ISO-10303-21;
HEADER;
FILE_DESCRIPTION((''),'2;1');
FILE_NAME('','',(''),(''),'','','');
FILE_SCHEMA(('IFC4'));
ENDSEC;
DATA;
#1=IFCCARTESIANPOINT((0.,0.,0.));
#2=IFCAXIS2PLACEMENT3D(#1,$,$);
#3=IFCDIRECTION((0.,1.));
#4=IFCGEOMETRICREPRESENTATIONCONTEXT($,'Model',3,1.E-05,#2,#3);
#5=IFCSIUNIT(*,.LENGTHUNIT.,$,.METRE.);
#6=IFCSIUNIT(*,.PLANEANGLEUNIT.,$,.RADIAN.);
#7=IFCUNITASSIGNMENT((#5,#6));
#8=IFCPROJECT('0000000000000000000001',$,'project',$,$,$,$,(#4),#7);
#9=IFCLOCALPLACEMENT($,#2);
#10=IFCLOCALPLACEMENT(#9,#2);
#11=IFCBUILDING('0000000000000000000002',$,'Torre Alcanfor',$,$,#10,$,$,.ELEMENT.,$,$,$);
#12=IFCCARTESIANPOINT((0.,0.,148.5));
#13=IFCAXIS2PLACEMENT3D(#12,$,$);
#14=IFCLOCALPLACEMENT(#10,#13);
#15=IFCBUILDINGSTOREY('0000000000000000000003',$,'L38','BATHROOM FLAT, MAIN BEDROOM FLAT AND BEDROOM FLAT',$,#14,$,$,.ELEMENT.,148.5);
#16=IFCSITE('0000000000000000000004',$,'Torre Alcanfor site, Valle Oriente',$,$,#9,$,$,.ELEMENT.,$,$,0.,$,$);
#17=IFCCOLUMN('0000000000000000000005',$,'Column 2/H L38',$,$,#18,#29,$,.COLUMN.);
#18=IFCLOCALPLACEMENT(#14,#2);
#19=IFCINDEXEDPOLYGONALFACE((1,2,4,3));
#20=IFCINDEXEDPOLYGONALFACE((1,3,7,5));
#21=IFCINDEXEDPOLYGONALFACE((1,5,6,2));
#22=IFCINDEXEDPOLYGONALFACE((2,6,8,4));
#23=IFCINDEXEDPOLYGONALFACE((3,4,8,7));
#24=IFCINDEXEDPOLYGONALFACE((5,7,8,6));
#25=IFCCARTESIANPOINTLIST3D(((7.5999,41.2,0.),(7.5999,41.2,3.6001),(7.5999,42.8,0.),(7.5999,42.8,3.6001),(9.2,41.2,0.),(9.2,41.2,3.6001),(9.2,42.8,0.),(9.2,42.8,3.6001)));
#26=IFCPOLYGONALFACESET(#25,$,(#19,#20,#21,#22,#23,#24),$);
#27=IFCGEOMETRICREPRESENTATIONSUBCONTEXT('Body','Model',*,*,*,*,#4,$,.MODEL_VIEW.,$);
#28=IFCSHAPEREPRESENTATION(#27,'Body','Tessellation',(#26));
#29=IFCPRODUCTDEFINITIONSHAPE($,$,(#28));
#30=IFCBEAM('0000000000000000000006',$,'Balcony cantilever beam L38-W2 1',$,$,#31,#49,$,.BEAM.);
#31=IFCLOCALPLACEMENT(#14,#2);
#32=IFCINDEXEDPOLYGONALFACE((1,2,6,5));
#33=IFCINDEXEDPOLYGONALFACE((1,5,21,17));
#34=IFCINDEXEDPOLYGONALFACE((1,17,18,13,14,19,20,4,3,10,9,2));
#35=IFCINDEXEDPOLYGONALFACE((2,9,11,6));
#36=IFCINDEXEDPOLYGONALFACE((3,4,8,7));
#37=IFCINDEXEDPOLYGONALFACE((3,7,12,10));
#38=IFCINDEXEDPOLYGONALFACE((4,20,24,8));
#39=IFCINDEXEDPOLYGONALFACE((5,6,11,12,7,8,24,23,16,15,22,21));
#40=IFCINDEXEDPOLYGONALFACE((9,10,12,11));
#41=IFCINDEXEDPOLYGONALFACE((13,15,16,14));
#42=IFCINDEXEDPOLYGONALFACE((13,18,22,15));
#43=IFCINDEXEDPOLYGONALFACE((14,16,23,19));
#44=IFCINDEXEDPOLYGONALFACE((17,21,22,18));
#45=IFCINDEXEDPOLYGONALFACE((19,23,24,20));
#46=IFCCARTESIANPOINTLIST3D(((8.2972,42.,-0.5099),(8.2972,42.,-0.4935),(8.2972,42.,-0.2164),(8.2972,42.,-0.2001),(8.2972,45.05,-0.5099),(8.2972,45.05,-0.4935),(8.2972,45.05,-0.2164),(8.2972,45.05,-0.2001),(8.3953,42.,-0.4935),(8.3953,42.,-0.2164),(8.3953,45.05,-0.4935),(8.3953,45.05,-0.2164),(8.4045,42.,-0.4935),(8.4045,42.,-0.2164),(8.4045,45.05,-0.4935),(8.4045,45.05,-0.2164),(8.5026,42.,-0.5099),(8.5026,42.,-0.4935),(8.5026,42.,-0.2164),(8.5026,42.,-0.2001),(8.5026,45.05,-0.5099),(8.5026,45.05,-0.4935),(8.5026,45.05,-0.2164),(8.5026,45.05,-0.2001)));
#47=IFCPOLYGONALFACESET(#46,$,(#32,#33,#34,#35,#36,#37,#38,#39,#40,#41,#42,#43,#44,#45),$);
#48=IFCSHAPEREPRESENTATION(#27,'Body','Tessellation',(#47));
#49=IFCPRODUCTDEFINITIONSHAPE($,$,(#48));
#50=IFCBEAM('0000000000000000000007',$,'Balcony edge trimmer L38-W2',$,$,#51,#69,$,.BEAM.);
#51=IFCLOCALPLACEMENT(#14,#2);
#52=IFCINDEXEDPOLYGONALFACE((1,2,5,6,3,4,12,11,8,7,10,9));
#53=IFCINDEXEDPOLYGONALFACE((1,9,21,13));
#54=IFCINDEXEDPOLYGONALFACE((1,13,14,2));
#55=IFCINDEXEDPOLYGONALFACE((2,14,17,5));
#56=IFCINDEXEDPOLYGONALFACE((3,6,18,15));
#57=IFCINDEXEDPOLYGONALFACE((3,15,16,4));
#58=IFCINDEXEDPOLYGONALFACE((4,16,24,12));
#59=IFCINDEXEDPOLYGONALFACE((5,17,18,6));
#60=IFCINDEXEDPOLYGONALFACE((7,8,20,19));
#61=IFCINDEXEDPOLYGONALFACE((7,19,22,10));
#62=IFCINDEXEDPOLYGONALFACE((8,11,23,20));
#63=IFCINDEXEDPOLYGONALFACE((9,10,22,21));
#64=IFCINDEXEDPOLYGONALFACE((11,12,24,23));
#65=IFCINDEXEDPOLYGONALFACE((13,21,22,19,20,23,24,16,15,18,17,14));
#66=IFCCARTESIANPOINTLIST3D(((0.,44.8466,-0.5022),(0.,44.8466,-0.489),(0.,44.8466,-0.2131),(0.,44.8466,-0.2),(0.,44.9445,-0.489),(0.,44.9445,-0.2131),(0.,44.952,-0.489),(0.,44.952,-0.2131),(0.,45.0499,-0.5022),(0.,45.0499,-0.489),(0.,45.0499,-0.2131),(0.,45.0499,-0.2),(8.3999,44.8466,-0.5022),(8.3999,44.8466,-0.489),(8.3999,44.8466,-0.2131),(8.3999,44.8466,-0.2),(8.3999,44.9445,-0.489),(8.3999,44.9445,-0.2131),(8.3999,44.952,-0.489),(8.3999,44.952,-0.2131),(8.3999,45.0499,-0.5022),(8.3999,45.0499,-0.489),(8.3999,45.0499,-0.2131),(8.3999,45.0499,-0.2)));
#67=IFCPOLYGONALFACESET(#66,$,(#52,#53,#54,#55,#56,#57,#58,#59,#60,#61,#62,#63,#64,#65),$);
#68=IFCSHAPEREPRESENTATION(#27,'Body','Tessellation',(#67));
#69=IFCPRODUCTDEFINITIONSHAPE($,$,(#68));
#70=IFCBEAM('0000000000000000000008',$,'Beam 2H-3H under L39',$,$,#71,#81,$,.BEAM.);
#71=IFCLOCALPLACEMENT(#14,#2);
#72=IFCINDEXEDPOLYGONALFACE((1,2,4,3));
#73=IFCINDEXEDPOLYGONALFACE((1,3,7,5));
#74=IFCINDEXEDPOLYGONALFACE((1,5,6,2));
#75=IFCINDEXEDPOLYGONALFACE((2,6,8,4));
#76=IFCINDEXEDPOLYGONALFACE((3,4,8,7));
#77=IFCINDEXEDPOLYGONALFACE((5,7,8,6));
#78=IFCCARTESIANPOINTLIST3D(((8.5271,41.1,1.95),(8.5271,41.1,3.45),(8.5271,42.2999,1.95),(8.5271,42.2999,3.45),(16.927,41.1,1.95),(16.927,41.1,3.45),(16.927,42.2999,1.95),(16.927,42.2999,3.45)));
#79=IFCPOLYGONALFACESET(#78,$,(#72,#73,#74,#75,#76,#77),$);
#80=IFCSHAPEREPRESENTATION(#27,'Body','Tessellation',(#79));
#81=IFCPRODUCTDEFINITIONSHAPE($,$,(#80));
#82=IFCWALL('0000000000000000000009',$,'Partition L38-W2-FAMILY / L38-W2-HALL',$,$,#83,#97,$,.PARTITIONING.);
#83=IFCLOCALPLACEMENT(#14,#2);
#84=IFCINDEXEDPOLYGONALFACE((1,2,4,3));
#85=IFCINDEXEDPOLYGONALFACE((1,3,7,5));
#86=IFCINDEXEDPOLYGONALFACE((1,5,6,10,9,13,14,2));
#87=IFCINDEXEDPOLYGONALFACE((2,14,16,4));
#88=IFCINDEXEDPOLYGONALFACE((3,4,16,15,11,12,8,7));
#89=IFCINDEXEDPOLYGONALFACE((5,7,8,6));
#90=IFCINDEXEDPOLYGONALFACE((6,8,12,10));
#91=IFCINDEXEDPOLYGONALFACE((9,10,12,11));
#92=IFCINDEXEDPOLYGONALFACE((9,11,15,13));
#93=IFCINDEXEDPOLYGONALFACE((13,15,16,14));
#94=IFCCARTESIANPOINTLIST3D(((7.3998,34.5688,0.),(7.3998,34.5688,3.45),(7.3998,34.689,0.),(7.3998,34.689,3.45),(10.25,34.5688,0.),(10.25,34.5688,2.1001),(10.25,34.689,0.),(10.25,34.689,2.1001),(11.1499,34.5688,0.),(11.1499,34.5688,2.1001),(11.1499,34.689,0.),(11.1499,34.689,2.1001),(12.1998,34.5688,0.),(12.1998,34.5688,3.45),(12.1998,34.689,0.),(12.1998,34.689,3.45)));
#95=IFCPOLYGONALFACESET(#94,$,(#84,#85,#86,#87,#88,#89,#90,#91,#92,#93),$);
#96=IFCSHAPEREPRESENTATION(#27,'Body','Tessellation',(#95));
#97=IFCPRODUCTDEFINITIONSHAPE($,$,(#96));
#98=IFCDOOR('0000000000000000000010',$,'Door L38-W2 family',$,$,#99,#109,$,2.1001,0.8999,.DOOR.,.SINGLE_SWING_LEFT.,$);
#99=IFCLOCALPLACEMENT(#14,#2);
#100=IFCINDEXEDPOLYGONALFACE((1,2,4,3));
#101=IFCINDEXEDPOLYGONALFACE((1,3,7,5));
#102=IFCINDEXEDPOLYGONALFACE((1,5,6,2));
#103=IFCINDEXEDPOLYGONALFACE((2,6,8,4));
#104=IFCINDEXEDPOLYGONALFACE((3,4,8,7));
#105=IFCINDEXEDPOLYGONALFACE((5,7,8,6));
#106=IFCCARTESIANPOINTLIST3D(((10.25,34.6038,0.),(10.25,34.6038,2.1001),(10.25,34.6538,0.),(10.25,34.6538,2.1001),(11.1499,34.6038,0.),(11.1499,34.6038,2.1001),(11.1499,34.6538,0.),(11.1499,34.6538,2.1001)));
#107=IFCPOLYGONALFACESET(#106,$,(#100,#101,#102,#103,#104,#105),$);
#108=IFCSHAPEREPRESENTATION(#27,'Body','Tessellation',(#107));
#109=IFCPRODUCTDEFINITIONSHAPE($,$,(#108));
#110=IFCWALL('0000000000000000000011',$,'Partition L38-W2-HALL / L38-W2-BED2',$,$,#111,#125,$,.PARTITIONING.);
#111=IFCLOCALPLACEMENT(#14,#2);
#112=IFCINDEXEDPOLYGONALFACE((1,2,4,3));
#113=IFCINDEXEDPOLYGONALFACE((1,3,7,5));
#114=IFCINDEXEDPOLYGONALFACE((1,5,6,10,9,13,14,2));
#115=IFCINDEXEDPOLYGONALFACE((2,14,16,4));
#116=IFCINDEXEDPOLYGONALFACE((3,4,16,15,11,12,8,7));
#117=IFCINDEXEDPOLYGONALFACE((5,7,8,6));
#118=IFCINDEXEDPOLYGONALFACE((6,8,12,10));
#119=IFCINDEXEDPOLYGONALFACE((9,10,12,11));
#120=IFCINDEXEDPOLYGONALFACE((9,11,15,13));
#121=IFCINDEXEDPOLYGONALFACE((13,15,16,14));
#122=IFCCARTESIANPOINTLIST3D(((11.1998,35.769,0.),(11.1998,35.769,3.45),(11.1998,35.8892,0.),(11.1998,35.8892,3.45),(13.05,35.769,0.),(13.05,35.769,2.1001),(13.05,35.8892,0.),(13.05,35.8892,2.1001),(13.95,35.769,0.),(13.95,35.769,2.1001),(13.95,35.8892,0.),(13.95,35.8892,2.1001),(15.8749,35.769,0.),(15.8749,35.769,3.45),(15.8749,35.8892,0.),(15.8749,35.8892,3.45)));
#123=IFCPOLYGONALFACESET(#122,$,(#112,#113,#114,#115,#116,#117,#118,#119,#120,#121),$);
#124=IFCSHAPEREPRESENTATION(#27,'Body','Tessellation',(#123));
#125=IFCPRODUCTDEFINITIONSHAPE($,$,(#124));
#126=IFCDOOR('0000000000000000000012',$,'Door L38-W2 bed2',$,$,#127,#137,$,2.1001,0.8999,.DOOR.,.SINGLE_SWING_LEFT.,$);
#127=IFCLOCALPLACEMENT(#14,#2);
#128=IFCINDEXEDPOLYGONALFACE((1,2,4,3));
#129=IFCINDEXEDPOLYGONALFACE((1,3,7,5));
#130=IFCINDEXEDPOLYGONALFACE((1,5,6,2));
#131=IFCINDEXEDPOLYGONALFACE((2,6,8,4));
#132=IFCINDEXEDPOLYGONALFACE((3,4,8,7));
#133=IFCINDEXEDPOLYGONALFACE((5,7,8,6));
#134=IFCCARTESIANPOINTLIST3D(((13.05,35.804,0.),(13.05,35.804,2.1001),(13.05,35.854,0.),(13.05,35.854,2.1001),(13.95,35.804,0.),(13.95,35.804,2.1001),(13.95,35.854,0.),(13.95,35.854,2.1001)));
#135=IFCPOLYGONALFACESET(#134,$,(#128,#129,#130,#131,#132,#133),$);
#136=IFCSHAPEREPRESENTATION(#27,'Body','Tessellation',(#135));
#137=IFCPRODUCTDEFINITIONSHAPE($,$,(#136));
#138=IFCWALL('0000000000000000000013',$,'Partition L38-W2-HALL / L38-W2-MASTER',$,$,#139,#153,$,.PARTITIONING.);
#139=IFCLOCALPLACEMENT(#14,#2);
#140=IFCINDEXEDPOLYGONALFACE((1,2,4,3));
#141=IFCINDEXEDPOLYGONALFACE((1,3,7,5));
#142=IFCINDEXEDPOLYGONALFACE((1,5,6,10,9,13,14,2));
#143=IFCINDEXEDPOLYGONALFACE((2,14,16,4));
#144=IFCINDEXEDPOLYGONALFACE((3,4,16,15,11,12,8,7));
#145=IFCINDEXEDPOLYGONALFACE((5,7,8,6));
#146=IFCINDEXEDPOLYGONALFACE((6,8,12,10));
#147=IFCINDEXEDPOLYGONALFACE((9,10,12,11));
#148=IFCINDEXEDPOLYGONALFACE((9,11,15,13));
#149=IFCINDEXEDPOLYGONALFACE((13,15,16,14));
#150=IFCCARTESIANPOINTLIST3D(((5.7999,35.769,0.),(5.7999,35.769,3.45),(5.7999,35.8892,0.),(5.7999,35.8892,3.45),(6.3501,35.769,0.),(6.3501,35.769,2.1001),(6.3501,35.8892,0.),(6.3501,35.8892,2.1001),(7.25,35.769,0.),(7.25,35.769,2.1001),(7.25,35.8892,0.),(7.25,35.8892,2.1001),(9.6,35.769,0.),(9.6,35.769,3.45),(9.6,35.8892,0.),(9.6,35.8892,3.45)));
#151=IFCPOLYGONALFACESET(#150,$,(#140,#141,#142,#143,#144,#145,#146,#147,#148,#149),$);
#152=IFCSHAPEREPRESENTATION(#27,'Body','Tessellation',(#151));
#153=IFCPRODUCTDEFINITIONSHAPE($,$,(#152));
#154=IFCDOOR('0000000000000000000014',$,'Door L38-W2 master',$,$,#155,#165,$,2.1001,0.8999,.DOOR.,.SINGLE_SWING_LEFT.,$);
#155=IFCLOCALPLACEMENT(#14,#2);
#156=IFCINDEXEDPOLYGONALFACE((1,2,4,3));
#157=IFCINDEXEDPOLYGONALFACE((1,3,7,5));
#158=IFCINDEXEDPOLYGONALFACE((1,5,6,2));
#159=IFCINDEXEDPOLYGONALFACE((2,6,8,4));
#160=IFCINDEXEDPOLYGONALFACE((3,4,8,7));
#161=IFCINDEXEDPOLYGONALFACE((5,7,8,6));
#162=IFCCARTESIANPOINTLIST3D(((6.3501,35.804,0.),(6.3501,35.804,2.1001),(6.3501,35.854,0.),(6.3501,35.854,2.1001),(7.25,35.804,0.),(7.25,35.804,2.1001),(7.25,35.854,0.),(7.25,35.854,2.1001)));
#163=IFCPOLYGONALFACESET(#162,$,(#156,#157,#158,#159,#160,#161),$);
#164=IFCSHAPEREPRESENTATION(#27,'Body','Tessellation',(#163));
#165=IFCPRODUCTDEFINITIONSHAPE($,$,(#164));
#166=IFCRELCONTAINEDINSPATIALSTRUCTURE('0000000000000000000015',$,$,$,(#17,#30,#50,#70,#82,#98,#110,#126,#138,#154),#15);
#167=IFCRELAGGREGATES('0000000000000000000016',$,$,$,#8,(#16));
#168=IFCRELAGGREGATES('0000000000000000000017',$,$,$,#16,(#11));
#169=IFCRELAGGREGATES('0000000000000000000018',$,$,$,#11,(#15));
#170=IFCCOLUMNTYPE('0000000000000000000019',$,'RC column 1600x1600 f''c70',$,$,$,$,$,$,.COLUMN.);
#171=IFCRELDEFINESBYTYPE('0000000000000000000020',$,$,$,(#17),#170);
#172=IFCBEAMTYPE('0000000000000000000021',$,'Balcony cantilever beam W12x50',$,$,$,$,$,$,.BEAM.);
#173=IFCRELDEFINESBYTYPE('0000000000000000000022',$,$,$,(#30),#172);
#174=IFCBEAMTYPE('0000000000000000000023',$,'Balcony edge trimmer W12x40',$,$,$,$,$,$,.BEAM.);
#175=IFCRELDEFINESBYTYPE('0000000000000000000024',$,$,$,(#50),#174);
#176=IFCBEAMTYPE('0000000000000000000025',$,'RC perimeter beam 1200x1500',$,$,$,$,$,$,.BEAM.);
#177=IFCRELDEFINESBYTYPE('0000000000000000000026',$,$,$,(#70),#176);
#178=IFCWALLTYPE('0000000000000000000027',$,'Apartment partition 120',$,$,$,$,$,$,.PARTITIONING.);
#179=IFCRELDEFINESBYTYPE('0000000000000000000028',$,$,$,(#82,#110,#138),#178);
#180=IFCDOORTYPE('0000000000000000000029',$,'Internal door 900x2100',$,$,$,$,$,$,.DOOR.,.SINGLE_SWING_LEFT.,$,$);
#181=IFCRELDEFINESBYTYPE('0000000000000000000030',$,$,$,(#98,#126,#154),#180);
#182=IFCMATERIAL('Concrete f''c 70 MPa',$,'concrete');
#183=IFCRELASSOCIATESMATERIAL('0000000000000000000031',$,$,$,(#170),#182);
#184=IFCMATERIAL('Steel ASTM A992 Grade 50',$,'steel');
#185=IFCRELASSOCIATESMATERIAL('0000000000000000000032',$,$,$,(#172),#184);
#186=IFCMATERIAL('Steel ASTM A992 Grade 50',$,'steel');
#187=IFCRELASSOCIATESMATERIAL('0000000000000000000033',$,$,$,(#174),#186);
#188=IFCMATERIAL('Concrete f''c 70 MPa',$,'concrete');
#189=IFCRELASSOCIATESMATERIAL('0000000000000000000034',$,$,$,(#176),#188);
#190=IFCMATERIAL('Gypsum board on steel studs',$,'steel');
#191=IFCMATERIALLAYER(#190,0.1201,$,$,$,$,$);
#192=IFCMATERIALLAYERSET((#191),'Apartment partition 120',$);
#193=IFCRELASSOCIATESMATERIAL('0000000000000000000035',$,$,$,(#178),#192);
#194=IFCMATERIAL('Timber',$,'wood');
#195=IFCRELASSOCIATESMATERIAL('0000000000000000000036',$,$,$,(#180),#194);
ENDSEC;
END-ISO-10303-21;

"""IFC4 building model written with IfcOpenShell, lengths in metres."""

from ifc_helpers import new_model, si_unit, direction, frame, frame_2d, origin, origin_2d, place, context, subcontext, project, spatial, rectangle, i_section, extrude, material, layer, layer_set, material_profile, profile_set, type_object, element, fill, save


model = new_model("IFC4")

# Units and contexts
model_context = context("Model", 3, precision=1e-05, world=origin(), true_north=direction((0.0, 1.0)))
body_context = subcontext(model_context, "Body", "Model", "MODEL_VIEW")
ifc_project = project(units=[si_unit("LENGTHUNIT", "METRE"), si_unit("PLANEANGLEUNIT", "RADIAN")], contexts=[model_context])

# Site, building, storey
site_placement = place(None, origin())
site = spatial("IfcSite", under=ifc_project, at=site_placement, Name="Torre Alcanfor site, Valle Oriente", CompositionType="ELEMENT", RefElevation=0.0)
building_placement = place(site_placement, origin())
building = spatial("IfcBuilding", under=site, at=building_placement, Name="Torre Alcanfor", CompositionType="ELEMENT")
storey_placement = place(building_placement, frame((0.0, 0.0, 148.5)))
storey = spatial("IfcBuildingStorey", under=building, at=storey_placement, Name="L38", Description="BATHROOM FLAT, MAIN BEDROOM FLAT AND BEDROOM FLAT", CompositionType="ELEMENT", Elevation=148.5)

# Column
ifc_material_1 = material(Name="Concrete f'c 70 MPa", Category="concrete")
ifc_material_profile_1 = material_profile(ifc_material_1, rectangle(XDim=1.6001, YDim=1.6001, at=origin_2d()), Name="1600x1600")
ifc_profile_set_1 = profile_set([ifc_material_profile_1], Name="Concrete f'c 70 MPa")
column_type = type_object("IfcColumnType", Name="RC column 1600x1600 f'c70", PredefinedType="COLUMN", material=ifc_profile_set_1)
column_placement = place(storey_placement, frame((8.3999, 42.0, 0.0), z_axis=(0.0, 0.0, 1.0), x_axis=(1.0, 0.0, 0.0)))
element("IfcColumn", 1, at=column_placement, inside=storey, type_object=column_type, Name="Column 2/H L38", PredefinedType="COLUMN", context=body_context, shape_type="SweptSolid", body=[
    extrude(rectangle(XDim=1.6001, YDim=1.6001, at=origin_2d()), origin(), (0.0, 0.0, 1.0), 3.6001),
])

# Beams
ifc_material_2 = material(Name="Steel ASTM A992 Grade 50", Category="steel")
ifc_material_profile_2 = material_profile(ifc_material_2, i_section(OverallWidth=0.2053, OverallDepth=0.3098, WebThickness=0.0093, FlangeThickness=0.0164, at=origin_2d()), Name="W12x50")
ifc_profile_set_2 = profile_set([ifc_material_profile_2], Name="Steel ASTM A992 Grade 50")
beam_type_1 = type_object("IfcBeamType", Name="Balcony cantilever beam W12x50", PredefinedType="BEAM", material=ifc_profile_set_2)
beam_1_placement = place(storey_placement, frame((8.3999, 42.0, -0.355), z_axis=(0.0, 1.0, 0.0), x_axis=(-1.0, 0.0, 0.0)))
element("IfcBeam", 2, at=beam_1_placement, inside=storey, type_object=beam_type_1, Name="Balcony cantilever beam L38-W2 1", PredefinedType="BEAM", context=body_context, shape_type="SweptSolid", body=[
    extrude(i_section(OverallWidth=0.2053, OverallDepth=0.3098, WebThickness=0.0093, FlangeThickness=0.0164, at=origin_2d()), origin(), (0.0, 0.0, 1.0), 3.05),
])
ifc_material_3 = material(Name="Steel ASTM A992 Grade 50", Category="steel")
ifc_material_profile_3 = material_profile(ifc_material_3, i_section(OverallWidth=0.2034, OverallDepth=0.3022, WebThickness=0.0076, FlangeThickness=0.0132, at=origin_2d()), Name="W12x40")
ifc_profile_set_3 = profile_set([ifc_material_profile_3], Name="Steel ASTM A992 Grade 50")
beam_type_2 = type_object("IfcBeamType", Name="Balcony edge trimmer W12x40", PredefinedType="BEAM", material=ifc_profile_set_3)
beam_2_placement = place(storey_placement, frame((8.3999, 44.9482, -0.3511), z_axis=(-1.0, 0.0, 0.0), x_axis=(0.0, -1.0, 0.0)))
element("IfcBeam", 3, at=beam_2_placement, inside=storey, type_object=beam_type_2, Name="Balcony edge trimmer L38-W2", PredefinedType="BEAM", context=body_context, shape_type="SweptSolid", body=[
    extrude(i_section(OverallWidth=0.2034, OverallDepth=0.3022, WebThickness=0.0076, FlangeThickness=0.0132, at=origin_2d()), origin(), (0.0, 0.0, 1.0), 8.3999),
])
ifc_material_4 = material(Name="Concrete f'c 70 MPa", Category="concrete")
ifc_material_profile_4 = material_profile(ifc_material_4, rectangle(XDim=1.2, YDim=1.5, at=origin_2d()), Name="1200x1500")
ifc_profile_set_4 = profile_set([ifc_material_profile_4], Name="Concrete f'c 70 MPa")
beam_type_3 = type_object("IfcBeamType", Name="RC perimeter beam 1200x1500", PredefinedType="BEAM", material=ifc_profile_set_4)
beam_3_placement = place(storey_placement, frame((8.5271, 41.7, 2.7), z_axis=(1.0, 0.0, 0.0), x_axis=(0.0, 1.0, 0.0)))
element("IfcBeam", 4, at=beam_3_placement, inside=storey, type_object=beam_type_3, Name="Beam 2H-3H under L39", PredefinedType="BEAM", context=body_context, shape_type="SweptSolid", body=[
    extrude(rectangle(XDim=1.2, YDim=1.5, at=origin_2d()), origin(), (0.0, 0.0, 1.0), 8.3999),
])

# Walls, openings, doors
ifc_material_5 = material(Name="Gypsum board on steel studs", Category="steel")
ifc_layer_1 = layer(ifc_material_5, 0.1201)
ifc_layer_set_1 = layer_set([ifc_layer_1], Name="Apartment partition 120")
wall_type_1 = type_object("IfcWallType", Name="Apartment partition 120", PredefinedType="PARTITIONING", material=ifc_layer_set_1)
wall_1_placement = place(storey_placement, frame((7.3999, 34.6289, 0.0), z_axis=(0.0, 0.0, 1.0), x_axis=(1.0, 0.0, 0.0)))
wall_1 = element("IfcWall", 5, at=wall_1_placement, inside=storey, type_object=wall_type_1, Name="Partition L38-W2-FAMILY / L38-W2-HALL", PredefinedType="PARTITIONING", context=body_context, shape_type="SweptSolid", body=[
    extrude(rectangle(XDim=4.8, YDim=0.1201, at=frame_2d((2.3999, 0.0))), origin(), (0.0, 0.0, 1.0), 3.45),
])
opening_1_placement = place(wall_1_placement, frame((2.8501, 0.0, 0.0)))
opening_1 = element("IfcOpeningElement", 6, at=opening_1_placement, cuts=wall_1, PredefinedType="OPENING", context=body_context, shape_type="SweptSolid", body=[
    extrude(rectangle(XDim=0.8999, YDim=2.1001, at=frame_2d((0.45, 1.05))), frame((0.0, 0.0701, 0.0), z_axis=(0.0, -1.0, 0.0), x_axis=(1.0, 0.0, 0.0)), (0.0, 0.0, 1.0), 0.1401),
])
ifc_material_6 = material(Name="Timber", Category="wood")
door_type_1 = type_object("IfcDoorType", Name="Internal door 900x2100", OperationType="SINGLE_SWING_LEFT", PredefinedType="DOOR", material=ifc_material_6)
door_1_placement = place(opening_1_placement, frame((0.8999, 0.0, 0.0), z_axis=(0.0, 0.0, 1.0), x_axis=(-1.0, 0.0, 0.0)))
door_1 = element("IfcDoor", 7, at=door_1_placement, inside=storey, type_object=door_type_1, Name="Door L38-W2 family", OperationType="SINGLE_SWING_LEFT", OverallHeight=2.1001, OverallWidth=0.8999, PredefinedType="DOOR", context=body_context, shape_type="SweptSolid", body=[
    extrude(rectangle(XDim=0.8999, YDim=2.1001, at=frame_2d((0.45, 1.05))), frame((0.0, 0.0251, 0.0), z_axis=(0.0, -1.0, 0.0), x_axis=(1.0, 0.0, 0.0)), (0.0, 0.0, 1.0), 0.05),
])
fill(opening_1, door_1)
wall_2_placement = place(storey_placement, frame((11.2, 35.8291, 0.0), z_axis=(0.0, 0.0, 1.0), x_axis=(1.0, 0.0, 0.0)))
wall_2 = element("IfcWall", 8, at=wall_2_placement, inside=storey, type_object=wall_type_1, Name="Partition L38-W2-HALL / L38-W2-BED2", PredefinedType="PARTITIONING", context=body_context, shape_type="SweptSolid", body=[
    extrude(rectangle(XDim=4.675, YDim=0.1201, at=frame_2d((2.3374, 0.0))), origin(), (0.0, 0.0, 1.0), 3.45),
])
opening_2_placement = place(wall_2_placement, frame((1.8501, 0.0, 0.0)))
opening_2 = element("IfcOpeningElement", 9, at=opening_2_placement, cuts=wall_2, PredefinedType="OPENING", context=body_context, shape_type="SweptSolid", body=[
    extrude(rectangle(XDim=0.8999, YDim=2.1001, at=frame_2d((0.45, 1.05))), frame((0.0, 0.0701, 0.0), z_axis=(0.0, -1.0, 0.0), x_axis=(1.0, 0.0, 0.0)), (0.0, 0.0, 1.0), 0.1401),
])
door_2_placement = place(opening_2_placement, origin())
door_2 = element("IfcDoor", 10, at=door_2_placement, inside=storey, type_object=door_type_1, Name="Door L38-W2 bed2", OperationType="SINGLE_SWING_LEFT", OverallHeight=2.1001, OverallWidth=0.8999, PredefinedType="DOOR", context=body_context, shape_type="SweptSolid", body=[
    extrude(rectangle(XDim=0.8999, YDim=2.1001, at=frame_2d((0.45, 1.05))), frame((0.0, 0.0249, 0.0), z_axis=(0.0, -1.0, 0.0), x_axis=(1.0, 0.0, 0.0)), (0.0, 0.0, 1.0), 0.05),
])
fill(opening_2, door_2)
wall_3_placement = place(storey_placement, frame((5.8, 35.8291, 0.0), z_axis=(0.0, 0.0, 1.0), x_axis=(1.0, 0.0, 0.0)))
wall_3 = element("IfcWall", 11, at=wall_3_placement, inside=storey, type_object=wall_type_1, Name="Partition L38-W2-HALL / L38-W2-MASTER", PredefinedType="PARTITIONING", context=body_context, shape_type="SweptSolid", body=[
    extrude(rectangle(XDim=3.8, YDim=0.1201, at=frame_2d((1.8999, 0.0))), origin(), (0.0, 0.0, 1.0), 3.45),
])
opening_3_placement = place(wall_3_placement, frame((0.55, 0.0, 0.0)))
opening_3 = element("IfcOpeningElement", 12, at=opening_3_placement, cuts=wall_3, PredefinedType="OPENING", context=body_context, shape_type="SweptSolid", body=[
    extrude(rectangle(XDim=0.8999, YDim=2.1001, at=frame_2d((0.45, 1.05))), frame((0.0, 0.0701, 0.0), z_axis=(0.0, -1.0, 0.0), x_axis=(1.0, 0.0, 0.0)), (0.0, 0.0, 1.0), 0.1401),
])
door_3_placement = place(opening_3_placement, origin())
door_3 = element("IfcDoor", 13, at=door_3_placement, inside=storey, type_object=door_type_1, Name="Door L38-W2 master", OperationType="SINGLE_SWING_LEFT", OverallHeight=2.1001, OverallWidth=0.8999, PredefinedType="DOOR", context=body_context, shape_type="SweptSolid", body=[
    extrude(rectangle(XDim=0.8999, YDim=2.1001, at=frame_2d((0.45, 1.05))), frame((0.0, 0.0249, 0.0), z_axis=(0.0, -1.0, 0.0), x_axis=(1.0, 0.0, 0.0)), (0.0, 0.0, 1.0), 0.05),
])
fill(opening_3, door_3)

save(model, "model.ifc")
